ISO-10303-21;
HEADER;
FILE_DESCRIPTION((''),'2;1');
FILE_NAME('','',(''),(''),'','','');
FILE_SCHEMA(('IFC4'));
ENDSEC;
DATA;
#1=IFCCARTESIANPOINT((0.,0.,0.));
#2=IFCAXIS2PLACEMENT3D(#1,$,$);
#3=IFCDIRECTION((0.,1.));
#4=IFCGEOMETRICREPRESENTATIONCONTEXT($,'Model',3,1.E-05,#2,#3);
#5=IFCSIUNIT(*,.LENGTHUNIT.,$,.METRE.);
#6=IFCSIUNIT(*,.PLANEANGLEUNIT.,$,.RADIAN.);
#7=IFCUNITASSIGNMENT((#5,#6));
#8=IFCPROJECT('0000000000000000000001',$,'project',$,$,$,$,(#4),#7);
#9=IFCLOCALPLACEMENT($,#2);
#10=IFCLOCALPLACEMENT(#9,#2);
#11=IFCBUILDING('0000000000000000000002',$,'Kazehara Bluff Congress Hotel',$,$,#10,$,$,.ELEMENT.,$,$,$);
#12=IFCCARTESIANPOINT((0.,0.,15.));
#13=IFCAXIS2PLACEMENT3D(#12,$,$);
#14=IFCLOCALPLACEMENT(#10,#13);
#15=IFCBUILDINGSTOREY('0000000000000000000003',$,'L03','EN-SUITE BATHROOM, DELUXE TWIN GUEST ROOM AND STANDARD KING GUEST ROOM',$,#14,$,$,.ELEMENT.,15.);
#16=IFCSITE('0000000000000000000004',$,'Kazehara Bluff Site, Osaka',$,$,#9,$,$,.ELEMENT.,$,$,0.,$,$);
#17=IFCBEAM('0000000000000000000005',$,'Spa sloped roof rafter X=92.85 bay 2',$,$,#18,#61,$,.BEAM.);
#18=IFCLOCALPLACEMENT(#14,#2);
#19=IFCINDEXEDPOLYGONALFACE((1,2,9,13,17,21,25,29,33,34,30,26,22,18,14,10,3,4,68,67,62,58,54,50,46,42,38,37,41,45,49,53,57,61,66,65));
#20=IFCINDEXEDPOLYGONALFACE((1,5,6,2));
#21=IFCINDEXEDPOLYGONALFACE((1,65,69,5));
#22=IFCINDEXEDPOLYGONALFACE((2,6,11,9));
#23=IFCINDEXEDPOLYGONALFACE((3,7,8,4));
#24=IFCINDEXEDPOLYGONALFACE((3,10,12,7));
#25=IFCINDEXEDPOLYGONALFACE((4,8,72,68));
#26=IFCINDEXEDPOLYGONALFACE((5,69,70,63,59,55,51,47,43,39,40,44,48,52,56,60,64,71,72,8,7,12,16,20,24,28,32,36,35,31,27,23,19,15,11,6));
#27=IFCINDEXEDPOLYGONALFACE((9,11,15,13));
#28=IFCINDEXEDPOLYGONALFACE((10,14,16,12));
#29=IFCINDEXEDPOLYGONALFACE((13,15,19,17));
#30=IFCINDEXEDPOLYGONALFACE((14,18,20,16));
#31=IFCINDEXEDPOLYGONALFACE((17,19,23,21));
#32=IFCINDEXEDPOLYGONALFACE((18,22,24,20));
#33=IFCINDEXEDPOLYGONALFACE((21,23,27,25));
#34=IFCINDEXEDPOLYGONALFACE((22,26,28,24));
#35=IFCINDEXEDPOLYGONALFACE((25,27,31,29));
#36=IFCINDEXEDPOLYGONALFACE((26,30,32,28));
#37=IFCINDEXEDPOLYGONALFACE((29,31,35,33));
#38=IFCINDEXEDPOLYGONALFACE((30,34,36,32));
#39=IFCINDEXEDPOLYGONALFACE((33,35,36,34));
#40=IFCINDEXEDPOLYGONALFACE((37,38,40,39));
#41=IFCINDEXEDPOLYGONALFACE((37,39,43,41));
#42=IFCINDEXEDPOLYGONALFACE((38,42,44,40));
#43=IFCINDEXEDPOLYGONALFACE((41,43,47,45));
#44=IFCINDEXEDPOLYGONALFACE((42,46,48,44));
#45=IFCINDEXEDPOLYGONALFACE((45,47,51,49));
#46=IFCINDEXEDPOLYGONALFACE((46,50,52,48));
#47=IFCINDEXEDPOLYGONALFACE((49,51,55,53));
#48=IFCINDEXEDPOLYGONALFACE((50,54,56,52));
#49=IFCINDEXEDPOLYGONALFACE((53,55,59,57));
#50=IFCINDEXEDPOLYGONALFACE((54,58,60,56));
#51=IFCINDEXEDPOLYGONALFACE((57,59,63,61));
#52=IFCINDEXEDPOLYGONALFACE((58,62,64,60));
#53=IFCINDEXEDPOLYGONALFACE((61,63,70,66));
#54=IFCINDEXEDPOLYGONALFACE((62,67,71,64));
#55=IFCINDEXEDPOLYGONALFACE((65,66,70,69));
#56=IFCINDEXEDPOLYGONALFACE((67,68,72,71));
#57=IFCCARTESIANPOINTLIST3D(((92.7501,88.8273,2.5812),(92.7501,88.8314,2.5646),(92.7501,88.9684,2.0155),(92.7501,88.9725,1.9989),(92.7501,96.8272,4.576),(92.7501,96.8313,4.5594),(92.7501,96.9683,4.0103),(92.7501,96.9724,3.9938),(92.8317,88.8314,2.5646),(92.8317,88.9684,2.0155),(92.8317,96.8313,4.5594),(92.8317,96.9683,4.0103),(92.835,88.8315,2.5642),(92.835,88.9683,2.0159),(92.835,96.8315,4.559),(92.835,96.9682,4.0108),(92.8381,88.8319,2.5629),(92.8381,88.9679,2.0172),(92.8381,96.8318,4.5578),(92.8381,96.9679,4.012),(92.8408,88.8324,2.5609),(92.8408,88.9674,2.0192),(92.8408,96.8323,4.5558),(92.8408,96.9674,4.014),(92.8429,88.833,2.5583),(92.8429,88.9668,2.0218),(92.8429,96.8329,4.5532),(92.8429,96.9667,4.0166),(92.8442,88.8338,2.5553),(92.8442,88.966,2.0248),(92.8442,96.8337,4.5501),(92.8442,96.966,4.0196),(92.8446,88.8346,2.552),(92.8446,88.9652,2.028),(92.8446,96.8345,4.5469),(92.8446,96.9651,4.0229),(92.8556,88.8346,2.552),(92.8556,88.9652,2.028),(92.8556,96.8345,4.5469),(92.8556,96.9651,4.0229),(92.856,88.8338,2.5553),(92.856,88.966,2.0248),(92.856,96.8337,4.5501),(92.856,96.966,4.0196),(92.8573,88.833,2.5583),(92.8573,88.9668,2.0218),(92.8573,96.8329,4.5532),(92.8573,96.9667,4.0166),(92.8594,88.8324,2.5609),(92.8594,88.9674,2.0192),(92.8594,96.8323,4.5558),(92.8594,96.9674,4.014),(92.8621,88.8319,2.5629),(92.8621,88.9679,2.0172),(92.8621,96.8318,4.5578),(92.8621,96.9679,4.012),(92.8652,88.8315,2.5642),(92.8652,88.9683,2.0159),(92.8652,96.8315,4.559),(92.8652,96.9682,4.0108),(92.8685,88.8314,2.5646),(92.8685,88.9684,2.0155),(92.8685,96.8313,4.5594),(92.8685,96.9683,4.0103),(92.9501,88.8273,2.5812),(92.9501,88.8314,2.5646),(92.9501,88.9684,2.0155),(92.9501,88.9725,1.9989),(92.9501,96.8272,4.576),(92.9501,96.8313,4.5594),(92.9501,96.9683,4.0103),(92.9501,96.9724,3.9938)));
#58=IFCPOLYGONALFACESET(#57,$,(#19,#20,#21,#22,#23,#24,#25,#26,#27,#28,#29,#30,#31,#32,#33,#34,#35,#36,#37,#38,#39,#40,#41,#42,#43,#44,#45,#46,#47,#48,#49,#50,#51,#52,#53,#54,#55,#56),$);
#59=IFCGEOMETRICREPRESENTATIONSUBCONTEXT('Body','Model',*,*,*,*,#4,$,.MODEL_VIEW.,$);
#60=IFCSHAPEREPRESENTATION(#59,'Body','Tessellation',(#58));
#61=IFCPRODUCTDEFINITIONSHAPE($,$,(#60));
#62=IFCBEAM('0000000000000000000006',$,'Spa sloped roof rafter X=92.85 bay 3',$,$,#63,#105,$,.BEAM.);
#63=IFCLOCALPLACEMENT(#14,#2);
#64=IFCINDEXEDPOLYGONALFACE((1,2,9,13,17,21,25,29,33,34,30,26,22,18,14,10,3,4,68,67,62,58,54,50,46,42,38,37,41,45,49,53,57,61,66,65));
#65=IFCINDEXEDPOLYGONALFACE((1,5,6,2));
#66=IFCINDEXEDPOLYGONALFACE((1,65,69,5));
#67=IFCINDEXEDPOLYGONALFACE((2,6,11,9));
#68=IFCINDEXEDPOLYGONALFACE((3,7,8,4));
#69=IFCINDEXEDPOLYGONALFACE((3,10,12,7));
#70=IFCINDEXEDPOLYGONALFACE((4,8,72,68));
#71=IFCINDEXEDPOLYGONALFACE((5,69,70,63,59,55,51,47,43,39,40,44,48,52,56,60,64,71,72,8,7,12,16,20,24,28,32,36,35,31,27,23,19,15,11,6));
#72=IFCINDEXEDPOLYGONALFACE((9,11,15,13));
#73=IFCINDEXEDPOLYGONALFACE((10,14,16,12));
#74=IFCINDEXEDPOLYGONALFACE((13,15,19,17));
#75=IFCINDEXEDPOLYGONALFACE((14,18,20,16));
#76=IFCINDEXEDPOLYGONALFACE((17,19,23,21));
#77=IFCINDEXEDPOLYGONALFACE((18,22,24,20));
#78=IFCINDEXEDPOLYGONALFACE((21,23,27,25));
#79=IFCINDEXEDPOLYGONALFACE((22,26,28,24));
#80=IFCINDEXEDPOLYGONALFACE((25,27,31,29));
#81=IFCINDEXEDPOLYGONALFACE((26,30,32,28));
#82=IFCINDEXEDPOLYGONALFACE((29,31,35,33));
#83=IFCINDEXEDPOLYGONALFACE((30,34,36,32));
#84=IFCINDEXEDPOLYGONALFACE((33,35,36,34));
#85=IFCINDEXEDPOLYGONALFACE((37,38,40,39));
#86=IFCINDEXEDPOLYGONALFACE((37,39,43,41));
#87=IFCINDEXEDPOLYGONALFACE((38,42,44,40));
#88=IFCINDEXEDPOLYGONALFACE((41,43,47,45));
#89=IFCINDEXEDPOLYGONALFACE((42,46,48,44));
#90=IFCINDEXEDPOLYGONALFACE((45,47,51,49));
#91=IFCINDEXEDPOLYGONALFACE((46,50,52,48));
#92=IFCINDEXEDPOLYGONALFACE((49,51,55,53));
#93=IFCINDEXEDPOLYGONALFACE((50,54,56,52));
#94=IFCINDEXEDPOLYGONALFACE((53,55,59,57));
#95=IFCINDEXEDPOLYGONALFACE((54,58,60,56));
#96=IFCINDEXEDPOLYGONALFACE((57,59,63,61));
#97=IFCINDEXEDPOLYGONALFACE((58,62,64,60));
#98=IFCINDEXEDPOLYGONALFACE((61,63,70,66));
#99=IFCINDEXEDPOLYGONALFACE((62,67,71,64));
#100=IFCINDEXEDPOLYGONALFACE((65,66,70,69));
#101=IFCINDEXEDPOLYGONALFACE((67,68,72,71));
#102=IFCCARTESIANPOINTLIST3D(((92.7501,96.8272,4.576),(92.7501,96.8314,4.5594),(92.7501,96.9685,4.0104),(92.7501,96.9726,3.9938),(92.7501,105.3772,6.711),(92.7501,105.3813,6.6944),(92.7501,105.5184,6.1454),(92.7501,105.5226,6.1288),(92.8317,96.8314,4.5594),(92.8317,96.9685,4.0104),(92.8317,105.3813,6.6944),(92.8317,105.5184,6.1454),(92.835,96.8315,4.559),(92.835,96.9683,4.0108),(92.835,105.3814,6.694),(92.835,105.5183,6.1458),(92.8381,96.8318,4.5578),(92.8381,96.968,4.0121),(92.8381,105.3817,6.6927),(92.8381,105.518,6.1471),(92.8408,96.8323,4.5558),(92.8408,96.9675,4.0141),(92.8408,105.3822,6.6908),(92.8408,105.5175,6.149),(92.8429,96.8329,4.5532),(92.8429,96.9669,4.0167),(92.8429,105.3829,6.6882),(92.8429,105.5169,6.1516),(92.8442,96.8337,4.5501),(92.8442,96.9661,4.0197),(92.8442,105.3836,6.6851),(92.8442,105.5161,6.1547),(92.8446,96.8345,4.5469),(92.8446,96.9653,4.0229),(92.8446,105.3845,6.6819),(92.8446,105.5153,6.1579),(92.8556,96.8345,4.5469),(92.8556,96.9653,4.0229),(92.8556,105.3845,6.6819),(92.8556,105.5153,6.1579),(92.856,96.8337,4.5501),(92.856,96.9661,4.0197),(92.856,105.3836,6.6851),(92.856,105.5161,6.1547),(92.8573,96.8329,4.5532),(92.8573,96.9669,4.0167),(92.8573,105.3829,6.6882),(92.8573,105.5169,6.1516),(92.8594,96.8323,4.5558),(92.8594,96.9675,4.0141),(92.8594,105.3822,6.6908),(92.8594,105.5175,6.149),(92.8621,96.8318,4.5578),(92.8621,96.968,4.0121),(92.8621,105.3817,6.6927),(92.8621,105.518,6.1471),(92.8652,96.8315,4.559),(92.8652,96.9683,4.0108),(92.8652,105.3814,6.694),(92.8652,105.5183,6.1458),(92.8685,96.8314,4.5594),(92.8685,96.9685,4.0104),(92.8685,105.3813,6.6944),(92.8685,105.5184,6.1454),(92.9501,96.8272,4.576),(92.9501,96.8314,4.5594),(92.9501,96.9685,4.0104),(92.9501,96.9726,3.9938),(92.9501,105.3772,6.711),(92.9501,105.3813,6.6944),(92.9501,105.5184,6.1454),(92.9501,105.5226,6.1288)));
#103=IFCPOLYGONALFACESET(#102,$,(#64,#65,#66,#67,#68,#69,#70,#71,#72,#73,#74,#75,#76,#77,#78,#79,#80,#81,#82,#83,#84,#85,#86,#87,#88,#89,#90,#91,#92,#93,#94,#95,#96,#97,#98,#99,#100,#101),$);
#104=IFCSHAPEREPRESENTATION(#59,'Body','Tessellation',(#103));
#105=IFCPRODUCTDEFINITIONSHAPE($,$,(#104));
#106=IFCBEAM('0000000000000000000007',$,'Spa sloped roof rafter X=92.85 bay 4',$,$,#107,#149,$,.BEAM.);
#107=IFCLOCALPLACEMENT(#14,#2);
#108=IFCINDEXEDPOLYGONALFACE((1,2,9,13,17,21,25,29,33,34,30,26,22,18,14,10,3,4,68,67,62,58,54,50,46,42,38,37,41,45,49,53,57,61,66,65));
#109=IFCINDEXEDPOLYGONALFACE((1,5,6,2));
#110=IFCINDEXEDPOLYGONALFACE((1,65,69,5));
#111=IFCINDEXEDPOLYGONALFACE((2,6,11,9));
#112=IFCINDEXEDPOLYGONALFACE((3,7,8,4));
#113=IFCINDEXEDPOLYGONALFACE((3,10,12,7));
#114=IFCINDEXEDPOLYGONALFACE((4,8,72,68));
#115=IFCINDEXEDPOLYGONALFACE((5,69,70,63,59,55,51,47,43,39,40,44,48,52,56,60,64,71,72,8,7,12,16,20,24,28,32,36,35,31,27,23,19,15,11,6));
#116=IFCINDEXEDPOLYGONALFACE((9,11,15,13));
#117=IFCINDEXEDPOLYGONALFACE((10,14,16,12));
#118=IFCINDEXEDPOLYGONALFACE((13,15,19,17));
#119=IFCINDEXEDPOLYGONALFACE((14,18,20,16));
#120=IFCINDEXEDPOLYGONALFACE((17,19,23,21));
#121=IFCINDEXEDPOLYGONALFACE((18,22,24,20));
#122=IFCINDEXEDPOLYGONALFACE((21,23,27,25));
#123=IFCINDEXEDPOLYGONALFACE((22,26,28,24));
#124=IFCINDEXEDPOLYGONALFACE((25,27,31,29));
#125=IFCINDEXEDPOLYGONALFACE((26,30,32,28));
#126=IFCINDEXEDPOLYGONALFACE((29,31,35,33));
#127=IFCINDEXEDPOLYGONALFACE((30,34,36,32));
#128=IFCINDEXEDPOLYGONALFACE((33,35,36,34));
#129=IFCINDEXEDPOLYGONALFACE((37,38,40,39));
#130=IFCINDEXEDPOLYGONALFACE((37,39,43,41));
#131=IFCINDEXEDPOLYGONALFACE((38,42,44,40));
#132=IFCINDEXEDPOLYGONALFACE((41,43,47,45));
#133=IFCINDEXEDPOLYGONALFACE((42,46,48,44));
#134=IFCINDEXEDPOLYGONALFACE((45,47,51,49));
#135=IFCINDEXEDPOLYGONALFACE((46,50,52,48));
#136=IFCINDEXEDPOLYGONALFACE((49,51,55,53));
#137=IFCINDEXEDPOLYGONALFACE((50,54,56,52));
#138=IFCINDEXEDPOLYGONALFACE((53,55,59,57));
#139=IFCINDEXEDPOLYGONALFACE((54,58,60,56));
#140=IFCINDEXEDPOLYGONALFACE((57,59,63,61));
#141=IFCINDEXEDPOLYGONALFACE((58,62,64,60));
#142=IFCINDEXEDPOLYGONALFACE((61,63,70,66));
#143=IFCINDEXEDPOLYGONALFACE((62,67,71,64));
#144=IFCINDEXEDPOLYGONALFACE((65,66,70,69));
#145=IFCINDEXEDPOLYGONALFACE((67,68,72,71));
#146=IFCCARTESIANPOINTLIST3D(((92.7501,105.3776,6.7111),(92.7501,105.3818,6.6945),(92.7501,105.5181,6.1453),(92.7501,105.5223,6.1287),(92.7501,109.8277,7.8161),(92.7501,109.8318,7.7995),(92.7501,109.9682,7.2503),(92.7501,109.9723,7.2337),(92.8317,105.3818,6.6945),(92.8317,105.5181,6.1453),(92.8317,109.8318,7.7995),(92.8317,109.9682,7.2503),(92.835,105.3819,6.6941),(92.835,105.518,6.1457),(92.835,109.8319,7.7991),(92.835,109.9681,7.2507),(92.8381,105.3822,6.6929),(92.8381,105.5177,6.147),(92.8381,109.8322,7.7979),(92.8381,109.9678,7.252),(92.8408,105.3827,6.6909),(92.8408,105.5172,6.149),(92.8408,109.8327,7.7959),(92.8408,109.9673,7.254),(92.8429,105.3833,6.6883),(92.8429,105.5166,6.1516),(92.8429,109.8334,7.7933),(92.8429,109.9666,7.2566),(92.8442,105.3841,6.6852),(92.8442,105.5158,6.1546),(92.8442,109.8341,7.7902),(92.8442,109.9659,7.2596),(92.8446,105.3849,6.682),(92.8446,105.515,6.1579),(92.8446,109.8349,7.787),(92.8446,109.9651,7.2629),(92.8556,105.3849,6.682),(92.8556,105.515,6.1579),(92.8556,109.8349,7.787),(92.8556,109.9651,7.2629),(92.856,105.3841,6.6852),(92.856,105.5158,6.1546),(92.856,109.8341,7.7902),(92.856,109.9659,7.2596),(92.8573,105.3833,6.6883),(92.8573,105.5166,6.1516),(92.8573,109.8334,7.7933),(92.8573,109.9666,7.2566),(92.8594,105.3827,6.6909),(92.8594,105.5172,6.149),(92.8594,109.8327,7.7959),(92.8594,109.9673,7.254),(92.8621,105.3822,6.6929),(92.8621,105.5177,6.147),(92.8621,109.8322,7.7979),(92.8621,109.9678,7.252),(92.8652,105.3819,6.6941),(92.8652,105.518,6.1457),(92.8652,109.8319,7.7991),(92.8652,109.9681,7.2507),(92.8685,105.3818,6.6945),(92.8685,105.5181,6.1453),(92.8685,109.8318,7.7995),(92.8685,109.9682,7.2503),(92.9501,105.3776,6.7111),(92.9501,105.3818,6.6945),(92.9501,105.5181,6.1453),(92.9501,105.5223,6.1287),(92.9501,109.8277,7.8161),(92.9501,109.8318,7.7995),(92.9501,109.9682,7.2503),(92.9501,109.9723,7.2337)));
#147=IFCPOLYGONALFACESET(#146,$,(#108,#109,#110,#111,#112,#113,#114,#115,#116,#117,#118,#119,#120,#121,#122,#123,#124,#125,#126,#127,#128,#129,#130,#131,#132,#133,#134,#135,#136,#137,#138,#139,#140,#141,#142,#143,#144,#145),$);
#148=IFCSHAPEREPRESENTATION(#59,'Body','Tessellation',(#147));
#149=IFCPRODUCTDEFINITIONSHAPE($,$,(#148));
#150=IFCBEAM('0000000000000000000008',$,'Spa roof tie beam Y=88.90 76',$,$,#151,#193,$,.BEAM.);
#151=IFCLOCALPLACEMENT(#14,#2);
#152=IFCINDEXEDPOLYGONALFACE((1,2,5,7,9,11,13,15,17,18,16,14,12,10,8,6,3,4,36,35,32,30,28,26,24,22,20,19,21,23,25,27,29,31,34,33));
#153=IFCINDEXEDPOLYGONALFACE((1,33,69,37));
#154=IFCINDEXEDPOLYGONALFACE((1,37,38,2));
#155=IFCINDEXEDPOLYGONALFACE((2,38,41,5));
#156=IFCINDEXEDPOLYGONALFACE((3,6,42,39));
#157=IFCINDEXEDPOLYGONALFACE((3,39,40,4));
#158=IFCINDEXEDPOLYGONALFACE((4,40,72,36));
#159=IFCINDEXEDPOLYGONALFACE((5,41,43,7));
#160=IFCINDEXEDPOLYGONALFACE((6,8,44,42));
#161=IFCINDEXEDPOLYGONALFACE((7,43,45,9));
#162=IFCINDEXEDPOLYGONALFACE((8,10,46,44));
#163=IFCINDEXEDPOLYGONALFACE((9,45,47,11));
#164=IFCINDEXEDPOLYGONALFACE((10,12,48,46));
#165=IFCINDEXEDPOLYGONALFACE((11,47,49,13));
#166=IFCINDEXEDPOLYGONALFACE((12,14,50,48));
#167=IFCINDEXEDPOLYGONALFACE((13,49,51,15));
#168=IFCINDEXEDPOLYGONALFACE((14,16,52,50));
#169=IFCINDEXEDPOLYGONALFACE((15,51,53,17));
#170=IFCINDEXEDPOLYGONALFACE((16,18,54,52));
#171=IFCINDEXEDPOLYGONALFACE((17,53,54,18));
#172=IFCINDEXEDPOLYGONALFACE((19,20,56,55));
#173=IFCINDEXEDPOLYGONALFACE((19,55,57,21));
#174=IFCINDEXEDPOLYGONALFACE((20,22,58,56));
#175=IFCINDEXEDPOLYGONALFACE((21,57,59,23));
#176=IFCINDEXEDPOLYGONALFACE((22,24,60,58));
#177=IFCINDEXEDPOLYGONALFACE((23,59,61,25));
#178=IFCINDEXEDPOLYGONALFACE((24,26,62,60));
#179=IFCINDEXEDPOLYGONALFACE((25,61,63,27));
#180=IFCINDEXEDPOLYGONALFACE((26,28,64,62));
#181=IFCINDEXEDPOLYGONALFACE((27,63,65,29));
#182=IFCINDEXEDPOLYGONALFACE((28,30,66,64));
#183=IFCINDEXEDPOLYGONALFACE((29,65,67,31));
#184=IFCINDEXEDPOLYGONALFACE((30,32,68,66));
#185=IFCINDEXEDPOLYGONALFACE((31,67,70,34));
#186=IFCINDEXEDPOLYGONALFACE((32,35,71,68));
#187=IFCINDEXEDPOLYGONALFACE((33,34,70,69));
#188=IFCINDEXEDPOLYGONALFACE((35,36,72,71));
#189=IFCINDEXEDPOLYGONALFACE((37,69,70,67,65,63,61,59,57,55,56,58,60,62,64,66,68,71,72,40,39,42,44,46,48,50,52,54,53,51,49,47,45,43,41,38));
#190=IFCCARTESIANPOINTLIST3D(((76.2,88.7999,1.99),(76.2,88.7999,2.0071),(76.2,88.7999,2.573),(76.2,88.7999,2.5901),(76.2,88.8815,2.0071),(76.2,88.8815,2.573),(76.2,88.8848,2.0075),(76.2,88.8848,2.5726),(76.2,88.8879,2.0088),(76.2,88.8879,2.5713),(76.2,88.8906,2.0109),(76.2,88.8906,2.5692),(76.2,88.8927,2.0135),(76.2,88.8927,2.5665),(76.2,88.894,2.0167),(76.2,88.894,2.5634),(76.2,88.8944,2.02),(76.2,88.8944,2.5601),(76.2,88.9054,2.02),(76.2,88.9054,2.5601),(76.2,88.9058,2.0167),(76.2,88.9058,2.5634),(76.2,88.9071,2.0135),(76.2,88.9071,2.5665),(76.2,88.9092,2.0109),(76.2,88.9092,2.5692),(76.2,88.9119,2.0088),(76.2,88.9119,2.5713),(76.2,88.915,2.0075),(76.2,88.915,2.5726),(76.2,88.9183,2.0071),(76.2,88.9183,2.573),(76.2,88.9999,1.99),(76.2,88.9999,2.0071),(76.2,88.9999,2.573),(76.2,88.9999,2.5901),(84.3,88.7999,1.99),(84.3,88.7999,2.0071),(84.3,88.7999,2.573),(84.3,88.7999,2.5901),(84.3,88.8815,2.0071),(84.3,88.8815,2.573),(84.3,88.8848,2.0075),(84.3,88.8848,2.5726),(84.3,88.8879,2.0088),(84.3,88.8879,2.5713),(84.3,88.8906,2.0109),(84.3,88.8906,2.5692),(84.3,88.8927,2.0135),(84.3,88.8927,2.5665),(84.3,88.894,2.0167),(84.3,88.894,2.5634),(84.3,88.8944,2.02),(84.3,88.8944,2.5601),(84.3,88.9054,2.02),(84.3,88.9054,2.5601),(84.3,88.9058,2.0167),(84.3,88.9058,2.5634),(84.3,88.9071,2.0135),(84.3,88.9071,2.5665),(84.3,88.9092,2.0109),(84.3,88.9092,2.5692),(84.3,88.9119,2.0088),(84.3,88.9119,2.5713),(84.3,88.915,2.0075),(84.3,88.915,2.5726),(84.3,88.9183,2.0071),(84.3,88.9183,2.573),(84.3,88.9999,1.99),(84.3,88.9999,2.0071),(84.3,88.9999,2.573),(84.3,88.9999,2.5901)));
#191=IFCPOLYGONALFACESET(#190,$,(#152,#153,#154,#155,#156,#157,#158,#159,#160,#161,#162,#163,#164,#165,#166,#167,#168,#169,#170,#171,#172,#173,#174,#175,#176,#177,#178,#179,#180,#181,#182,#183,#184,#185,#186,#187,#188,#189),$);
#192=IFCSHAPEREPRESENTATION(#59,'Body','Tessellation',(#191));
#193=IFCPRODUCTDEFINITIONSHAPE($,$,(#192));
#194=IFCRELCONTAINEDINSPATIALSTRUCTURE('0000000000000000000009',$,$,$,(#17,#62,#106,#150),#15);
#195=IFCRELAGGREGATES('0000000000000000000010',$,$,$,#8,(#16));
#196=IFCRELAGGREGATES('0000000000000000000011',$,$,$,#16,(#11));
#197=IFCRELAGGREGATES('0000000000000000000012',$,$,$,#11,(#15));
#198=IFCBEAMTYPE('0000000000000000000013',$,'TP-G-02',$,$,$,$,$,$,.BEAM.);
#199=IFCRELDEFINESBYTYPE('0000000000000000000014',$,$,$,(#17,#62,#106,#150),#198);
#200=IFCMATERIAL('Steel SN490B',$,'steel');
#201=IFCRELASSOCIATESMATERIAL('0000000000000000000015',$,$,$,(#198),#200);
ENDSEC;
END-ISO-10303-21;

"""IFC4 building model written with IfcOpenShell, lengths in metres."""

from ifc_helpers import new_model, si_unit, direction, frame, origin, origin_2d, place, context, subcontext, project, spatial, i_section, extrude, material, material_profile, profile_set, type_object, element, save


model = new_model("IFC4")

# Units and contexts
model_context = context("Model", 3, precision=1e-05, world=origin(), true_north=direction((0.0, 1.0)))
body_context = subcontext(model_context, "Body", "Model", "MODEL_VIEW")
ifc_project = project(units=[si_unit("LENGTHUNIT", "METRE"), si_unit("PLANEANGLEUNIT", "RADIAN")], contexts=[model_context])

# Site, building, storey
site_placement = place(None, origin())
site = spatial("IfcSite", under=ifc_project, at=site_placement, Name="Kazehara Bluff Site, Osaka", CompositionType="ELEMENT", RefElevation=0.0)
building_placement = place(site_placement, origin())
building = spatial("IfcBuilding", under=site, at=building_placement, Name="Kazehara Bluff Congress Hotel", CompositionType="ELEMENT")
storey_placement = place(building_placement, frame((0.0, 0.0, 15.0)))
storey = spatial("IfcBuildingStorey", under=building, at=storey_placement, Name="L03", Description="EN-SUITE BATHROOM, DELUXE TWIN GUEST ROOM AND STANDARD KING GUEST ROOM", CompositionType="ELEMENT", Elevation=15.0)

# Beams
ifc_material_1 = material(Name="Steel SN490B", Category="steel")
ifc_material_profile_1 = material_profile(ifc_material_1, i_section(OverallWidth=0.2, OverallDepth=0.6001, WebThickness=0.011, FlangeThickness=0.0171, FilletRadius=0.0129, at=origin_2d()))
ifc_profile_set_1 = profile_set([ifc_material_profile_1], Name="Steel SN490B")
beam_type_1 = type_object("IfcBeamType", Name="TP-G-02", PredefinedType="BEAM", material=ifc_profile_set_1)
beam_1_placement = place(storey_placement, frame((92.8501, 88.8999, 2.29), z_axis=(0.0, 0.970289, 0.24195), x_axis=(-1.0, 0.0, 0.0)))
element("IfcBeam", 1, at=beam_1_placement, inside=storey, type_object=beam_type_1, Name="Spa sloped roof rafter X=92.85 bay 2", PredefinedType="BEAM", context=body_context, shape_type="SweptSolid", body=[
    extrude(i_section(OverallWidth=0.2, OverallDepth=0.6001, WebThickness=0.011, FlangeThickness=0.0171, FilletRadius=0.0129, at=origin_2d()), origin(), (0.0, 0.0, 1.0), 8.2449),
])
beam_2_placement = place(storey_placement, frame((92.8501, 96.8999, 4.2849), z_axis=(0.0, 0.970209, 0.242268), x_axis=(-1.0, 0.0, 0.0)))
element("IfcBeam", 2, at=beam_2_placement, inside=storey, type_object=beam_type_1, Name="Spa sloped roof rafter X=92.85 bay 3", PredefinedType="BEAM", context=body_context, shape_type="SweptSolid", body=[
    extrude(i_section(OverallWidth=0.2, OverallDepth=0.6001, WebThickness=0.011, FlangeThickness=0.0171, FilletRadius=0.0129, at=origin_2d()), origin(), (0.0, 0.0, 1.0), 8.8125),
])
beam_3_placement = place(storey_placement, frame((92.8501, 105.45, 6.4199), z_axis=(0.0, 0.970527, 0.240994), x_axis=(-1.0, 0.0, 0.0)))
element("IfcBeam", 3, at=beam_3_placement, inside=storey, type_object=beam_type_1, Name="Spa sloped roof rafter X=92.85 bay 4", PredefinedType="BEAM", context=body_context, shape_type="SweptSolid", body=[
    extrude(i_section(OverallWidth=0.2, OverallDepth=0.6001, WebThickness=0.011, FlangeThickness=0.0171, FilletRadius=0.0129, at=origin_2d()), origin(), (0.0, 0.0, 1.0), 4.5852),
])
beam_4_placement = place(storey_placement, frame((76.2, 88.8999, 2.29), z_axis=(1.0, 0.0, 0.0), x_axis=(0.0, 1.0, 0.0)))
element("IfcBeam", 4, at=beam_4_placement, inside=storey, type_object=beam_type_1, Name="Spa roof tie beam Y=88.90 76", PredefinedType="BEAM", context=body_context, shape_type="SweptSolid", body=[
    extrude(i_section(OverallWidth=0.2, OverallDepth=0.6001, WebThickness=0.011, FlangeThickness=0.0171, FilletRadius=0.0129, at=origin_2d()), origin(), (0.0, 0.0, 1.0), 8.1001),
])

save(model, "model.ifc")
